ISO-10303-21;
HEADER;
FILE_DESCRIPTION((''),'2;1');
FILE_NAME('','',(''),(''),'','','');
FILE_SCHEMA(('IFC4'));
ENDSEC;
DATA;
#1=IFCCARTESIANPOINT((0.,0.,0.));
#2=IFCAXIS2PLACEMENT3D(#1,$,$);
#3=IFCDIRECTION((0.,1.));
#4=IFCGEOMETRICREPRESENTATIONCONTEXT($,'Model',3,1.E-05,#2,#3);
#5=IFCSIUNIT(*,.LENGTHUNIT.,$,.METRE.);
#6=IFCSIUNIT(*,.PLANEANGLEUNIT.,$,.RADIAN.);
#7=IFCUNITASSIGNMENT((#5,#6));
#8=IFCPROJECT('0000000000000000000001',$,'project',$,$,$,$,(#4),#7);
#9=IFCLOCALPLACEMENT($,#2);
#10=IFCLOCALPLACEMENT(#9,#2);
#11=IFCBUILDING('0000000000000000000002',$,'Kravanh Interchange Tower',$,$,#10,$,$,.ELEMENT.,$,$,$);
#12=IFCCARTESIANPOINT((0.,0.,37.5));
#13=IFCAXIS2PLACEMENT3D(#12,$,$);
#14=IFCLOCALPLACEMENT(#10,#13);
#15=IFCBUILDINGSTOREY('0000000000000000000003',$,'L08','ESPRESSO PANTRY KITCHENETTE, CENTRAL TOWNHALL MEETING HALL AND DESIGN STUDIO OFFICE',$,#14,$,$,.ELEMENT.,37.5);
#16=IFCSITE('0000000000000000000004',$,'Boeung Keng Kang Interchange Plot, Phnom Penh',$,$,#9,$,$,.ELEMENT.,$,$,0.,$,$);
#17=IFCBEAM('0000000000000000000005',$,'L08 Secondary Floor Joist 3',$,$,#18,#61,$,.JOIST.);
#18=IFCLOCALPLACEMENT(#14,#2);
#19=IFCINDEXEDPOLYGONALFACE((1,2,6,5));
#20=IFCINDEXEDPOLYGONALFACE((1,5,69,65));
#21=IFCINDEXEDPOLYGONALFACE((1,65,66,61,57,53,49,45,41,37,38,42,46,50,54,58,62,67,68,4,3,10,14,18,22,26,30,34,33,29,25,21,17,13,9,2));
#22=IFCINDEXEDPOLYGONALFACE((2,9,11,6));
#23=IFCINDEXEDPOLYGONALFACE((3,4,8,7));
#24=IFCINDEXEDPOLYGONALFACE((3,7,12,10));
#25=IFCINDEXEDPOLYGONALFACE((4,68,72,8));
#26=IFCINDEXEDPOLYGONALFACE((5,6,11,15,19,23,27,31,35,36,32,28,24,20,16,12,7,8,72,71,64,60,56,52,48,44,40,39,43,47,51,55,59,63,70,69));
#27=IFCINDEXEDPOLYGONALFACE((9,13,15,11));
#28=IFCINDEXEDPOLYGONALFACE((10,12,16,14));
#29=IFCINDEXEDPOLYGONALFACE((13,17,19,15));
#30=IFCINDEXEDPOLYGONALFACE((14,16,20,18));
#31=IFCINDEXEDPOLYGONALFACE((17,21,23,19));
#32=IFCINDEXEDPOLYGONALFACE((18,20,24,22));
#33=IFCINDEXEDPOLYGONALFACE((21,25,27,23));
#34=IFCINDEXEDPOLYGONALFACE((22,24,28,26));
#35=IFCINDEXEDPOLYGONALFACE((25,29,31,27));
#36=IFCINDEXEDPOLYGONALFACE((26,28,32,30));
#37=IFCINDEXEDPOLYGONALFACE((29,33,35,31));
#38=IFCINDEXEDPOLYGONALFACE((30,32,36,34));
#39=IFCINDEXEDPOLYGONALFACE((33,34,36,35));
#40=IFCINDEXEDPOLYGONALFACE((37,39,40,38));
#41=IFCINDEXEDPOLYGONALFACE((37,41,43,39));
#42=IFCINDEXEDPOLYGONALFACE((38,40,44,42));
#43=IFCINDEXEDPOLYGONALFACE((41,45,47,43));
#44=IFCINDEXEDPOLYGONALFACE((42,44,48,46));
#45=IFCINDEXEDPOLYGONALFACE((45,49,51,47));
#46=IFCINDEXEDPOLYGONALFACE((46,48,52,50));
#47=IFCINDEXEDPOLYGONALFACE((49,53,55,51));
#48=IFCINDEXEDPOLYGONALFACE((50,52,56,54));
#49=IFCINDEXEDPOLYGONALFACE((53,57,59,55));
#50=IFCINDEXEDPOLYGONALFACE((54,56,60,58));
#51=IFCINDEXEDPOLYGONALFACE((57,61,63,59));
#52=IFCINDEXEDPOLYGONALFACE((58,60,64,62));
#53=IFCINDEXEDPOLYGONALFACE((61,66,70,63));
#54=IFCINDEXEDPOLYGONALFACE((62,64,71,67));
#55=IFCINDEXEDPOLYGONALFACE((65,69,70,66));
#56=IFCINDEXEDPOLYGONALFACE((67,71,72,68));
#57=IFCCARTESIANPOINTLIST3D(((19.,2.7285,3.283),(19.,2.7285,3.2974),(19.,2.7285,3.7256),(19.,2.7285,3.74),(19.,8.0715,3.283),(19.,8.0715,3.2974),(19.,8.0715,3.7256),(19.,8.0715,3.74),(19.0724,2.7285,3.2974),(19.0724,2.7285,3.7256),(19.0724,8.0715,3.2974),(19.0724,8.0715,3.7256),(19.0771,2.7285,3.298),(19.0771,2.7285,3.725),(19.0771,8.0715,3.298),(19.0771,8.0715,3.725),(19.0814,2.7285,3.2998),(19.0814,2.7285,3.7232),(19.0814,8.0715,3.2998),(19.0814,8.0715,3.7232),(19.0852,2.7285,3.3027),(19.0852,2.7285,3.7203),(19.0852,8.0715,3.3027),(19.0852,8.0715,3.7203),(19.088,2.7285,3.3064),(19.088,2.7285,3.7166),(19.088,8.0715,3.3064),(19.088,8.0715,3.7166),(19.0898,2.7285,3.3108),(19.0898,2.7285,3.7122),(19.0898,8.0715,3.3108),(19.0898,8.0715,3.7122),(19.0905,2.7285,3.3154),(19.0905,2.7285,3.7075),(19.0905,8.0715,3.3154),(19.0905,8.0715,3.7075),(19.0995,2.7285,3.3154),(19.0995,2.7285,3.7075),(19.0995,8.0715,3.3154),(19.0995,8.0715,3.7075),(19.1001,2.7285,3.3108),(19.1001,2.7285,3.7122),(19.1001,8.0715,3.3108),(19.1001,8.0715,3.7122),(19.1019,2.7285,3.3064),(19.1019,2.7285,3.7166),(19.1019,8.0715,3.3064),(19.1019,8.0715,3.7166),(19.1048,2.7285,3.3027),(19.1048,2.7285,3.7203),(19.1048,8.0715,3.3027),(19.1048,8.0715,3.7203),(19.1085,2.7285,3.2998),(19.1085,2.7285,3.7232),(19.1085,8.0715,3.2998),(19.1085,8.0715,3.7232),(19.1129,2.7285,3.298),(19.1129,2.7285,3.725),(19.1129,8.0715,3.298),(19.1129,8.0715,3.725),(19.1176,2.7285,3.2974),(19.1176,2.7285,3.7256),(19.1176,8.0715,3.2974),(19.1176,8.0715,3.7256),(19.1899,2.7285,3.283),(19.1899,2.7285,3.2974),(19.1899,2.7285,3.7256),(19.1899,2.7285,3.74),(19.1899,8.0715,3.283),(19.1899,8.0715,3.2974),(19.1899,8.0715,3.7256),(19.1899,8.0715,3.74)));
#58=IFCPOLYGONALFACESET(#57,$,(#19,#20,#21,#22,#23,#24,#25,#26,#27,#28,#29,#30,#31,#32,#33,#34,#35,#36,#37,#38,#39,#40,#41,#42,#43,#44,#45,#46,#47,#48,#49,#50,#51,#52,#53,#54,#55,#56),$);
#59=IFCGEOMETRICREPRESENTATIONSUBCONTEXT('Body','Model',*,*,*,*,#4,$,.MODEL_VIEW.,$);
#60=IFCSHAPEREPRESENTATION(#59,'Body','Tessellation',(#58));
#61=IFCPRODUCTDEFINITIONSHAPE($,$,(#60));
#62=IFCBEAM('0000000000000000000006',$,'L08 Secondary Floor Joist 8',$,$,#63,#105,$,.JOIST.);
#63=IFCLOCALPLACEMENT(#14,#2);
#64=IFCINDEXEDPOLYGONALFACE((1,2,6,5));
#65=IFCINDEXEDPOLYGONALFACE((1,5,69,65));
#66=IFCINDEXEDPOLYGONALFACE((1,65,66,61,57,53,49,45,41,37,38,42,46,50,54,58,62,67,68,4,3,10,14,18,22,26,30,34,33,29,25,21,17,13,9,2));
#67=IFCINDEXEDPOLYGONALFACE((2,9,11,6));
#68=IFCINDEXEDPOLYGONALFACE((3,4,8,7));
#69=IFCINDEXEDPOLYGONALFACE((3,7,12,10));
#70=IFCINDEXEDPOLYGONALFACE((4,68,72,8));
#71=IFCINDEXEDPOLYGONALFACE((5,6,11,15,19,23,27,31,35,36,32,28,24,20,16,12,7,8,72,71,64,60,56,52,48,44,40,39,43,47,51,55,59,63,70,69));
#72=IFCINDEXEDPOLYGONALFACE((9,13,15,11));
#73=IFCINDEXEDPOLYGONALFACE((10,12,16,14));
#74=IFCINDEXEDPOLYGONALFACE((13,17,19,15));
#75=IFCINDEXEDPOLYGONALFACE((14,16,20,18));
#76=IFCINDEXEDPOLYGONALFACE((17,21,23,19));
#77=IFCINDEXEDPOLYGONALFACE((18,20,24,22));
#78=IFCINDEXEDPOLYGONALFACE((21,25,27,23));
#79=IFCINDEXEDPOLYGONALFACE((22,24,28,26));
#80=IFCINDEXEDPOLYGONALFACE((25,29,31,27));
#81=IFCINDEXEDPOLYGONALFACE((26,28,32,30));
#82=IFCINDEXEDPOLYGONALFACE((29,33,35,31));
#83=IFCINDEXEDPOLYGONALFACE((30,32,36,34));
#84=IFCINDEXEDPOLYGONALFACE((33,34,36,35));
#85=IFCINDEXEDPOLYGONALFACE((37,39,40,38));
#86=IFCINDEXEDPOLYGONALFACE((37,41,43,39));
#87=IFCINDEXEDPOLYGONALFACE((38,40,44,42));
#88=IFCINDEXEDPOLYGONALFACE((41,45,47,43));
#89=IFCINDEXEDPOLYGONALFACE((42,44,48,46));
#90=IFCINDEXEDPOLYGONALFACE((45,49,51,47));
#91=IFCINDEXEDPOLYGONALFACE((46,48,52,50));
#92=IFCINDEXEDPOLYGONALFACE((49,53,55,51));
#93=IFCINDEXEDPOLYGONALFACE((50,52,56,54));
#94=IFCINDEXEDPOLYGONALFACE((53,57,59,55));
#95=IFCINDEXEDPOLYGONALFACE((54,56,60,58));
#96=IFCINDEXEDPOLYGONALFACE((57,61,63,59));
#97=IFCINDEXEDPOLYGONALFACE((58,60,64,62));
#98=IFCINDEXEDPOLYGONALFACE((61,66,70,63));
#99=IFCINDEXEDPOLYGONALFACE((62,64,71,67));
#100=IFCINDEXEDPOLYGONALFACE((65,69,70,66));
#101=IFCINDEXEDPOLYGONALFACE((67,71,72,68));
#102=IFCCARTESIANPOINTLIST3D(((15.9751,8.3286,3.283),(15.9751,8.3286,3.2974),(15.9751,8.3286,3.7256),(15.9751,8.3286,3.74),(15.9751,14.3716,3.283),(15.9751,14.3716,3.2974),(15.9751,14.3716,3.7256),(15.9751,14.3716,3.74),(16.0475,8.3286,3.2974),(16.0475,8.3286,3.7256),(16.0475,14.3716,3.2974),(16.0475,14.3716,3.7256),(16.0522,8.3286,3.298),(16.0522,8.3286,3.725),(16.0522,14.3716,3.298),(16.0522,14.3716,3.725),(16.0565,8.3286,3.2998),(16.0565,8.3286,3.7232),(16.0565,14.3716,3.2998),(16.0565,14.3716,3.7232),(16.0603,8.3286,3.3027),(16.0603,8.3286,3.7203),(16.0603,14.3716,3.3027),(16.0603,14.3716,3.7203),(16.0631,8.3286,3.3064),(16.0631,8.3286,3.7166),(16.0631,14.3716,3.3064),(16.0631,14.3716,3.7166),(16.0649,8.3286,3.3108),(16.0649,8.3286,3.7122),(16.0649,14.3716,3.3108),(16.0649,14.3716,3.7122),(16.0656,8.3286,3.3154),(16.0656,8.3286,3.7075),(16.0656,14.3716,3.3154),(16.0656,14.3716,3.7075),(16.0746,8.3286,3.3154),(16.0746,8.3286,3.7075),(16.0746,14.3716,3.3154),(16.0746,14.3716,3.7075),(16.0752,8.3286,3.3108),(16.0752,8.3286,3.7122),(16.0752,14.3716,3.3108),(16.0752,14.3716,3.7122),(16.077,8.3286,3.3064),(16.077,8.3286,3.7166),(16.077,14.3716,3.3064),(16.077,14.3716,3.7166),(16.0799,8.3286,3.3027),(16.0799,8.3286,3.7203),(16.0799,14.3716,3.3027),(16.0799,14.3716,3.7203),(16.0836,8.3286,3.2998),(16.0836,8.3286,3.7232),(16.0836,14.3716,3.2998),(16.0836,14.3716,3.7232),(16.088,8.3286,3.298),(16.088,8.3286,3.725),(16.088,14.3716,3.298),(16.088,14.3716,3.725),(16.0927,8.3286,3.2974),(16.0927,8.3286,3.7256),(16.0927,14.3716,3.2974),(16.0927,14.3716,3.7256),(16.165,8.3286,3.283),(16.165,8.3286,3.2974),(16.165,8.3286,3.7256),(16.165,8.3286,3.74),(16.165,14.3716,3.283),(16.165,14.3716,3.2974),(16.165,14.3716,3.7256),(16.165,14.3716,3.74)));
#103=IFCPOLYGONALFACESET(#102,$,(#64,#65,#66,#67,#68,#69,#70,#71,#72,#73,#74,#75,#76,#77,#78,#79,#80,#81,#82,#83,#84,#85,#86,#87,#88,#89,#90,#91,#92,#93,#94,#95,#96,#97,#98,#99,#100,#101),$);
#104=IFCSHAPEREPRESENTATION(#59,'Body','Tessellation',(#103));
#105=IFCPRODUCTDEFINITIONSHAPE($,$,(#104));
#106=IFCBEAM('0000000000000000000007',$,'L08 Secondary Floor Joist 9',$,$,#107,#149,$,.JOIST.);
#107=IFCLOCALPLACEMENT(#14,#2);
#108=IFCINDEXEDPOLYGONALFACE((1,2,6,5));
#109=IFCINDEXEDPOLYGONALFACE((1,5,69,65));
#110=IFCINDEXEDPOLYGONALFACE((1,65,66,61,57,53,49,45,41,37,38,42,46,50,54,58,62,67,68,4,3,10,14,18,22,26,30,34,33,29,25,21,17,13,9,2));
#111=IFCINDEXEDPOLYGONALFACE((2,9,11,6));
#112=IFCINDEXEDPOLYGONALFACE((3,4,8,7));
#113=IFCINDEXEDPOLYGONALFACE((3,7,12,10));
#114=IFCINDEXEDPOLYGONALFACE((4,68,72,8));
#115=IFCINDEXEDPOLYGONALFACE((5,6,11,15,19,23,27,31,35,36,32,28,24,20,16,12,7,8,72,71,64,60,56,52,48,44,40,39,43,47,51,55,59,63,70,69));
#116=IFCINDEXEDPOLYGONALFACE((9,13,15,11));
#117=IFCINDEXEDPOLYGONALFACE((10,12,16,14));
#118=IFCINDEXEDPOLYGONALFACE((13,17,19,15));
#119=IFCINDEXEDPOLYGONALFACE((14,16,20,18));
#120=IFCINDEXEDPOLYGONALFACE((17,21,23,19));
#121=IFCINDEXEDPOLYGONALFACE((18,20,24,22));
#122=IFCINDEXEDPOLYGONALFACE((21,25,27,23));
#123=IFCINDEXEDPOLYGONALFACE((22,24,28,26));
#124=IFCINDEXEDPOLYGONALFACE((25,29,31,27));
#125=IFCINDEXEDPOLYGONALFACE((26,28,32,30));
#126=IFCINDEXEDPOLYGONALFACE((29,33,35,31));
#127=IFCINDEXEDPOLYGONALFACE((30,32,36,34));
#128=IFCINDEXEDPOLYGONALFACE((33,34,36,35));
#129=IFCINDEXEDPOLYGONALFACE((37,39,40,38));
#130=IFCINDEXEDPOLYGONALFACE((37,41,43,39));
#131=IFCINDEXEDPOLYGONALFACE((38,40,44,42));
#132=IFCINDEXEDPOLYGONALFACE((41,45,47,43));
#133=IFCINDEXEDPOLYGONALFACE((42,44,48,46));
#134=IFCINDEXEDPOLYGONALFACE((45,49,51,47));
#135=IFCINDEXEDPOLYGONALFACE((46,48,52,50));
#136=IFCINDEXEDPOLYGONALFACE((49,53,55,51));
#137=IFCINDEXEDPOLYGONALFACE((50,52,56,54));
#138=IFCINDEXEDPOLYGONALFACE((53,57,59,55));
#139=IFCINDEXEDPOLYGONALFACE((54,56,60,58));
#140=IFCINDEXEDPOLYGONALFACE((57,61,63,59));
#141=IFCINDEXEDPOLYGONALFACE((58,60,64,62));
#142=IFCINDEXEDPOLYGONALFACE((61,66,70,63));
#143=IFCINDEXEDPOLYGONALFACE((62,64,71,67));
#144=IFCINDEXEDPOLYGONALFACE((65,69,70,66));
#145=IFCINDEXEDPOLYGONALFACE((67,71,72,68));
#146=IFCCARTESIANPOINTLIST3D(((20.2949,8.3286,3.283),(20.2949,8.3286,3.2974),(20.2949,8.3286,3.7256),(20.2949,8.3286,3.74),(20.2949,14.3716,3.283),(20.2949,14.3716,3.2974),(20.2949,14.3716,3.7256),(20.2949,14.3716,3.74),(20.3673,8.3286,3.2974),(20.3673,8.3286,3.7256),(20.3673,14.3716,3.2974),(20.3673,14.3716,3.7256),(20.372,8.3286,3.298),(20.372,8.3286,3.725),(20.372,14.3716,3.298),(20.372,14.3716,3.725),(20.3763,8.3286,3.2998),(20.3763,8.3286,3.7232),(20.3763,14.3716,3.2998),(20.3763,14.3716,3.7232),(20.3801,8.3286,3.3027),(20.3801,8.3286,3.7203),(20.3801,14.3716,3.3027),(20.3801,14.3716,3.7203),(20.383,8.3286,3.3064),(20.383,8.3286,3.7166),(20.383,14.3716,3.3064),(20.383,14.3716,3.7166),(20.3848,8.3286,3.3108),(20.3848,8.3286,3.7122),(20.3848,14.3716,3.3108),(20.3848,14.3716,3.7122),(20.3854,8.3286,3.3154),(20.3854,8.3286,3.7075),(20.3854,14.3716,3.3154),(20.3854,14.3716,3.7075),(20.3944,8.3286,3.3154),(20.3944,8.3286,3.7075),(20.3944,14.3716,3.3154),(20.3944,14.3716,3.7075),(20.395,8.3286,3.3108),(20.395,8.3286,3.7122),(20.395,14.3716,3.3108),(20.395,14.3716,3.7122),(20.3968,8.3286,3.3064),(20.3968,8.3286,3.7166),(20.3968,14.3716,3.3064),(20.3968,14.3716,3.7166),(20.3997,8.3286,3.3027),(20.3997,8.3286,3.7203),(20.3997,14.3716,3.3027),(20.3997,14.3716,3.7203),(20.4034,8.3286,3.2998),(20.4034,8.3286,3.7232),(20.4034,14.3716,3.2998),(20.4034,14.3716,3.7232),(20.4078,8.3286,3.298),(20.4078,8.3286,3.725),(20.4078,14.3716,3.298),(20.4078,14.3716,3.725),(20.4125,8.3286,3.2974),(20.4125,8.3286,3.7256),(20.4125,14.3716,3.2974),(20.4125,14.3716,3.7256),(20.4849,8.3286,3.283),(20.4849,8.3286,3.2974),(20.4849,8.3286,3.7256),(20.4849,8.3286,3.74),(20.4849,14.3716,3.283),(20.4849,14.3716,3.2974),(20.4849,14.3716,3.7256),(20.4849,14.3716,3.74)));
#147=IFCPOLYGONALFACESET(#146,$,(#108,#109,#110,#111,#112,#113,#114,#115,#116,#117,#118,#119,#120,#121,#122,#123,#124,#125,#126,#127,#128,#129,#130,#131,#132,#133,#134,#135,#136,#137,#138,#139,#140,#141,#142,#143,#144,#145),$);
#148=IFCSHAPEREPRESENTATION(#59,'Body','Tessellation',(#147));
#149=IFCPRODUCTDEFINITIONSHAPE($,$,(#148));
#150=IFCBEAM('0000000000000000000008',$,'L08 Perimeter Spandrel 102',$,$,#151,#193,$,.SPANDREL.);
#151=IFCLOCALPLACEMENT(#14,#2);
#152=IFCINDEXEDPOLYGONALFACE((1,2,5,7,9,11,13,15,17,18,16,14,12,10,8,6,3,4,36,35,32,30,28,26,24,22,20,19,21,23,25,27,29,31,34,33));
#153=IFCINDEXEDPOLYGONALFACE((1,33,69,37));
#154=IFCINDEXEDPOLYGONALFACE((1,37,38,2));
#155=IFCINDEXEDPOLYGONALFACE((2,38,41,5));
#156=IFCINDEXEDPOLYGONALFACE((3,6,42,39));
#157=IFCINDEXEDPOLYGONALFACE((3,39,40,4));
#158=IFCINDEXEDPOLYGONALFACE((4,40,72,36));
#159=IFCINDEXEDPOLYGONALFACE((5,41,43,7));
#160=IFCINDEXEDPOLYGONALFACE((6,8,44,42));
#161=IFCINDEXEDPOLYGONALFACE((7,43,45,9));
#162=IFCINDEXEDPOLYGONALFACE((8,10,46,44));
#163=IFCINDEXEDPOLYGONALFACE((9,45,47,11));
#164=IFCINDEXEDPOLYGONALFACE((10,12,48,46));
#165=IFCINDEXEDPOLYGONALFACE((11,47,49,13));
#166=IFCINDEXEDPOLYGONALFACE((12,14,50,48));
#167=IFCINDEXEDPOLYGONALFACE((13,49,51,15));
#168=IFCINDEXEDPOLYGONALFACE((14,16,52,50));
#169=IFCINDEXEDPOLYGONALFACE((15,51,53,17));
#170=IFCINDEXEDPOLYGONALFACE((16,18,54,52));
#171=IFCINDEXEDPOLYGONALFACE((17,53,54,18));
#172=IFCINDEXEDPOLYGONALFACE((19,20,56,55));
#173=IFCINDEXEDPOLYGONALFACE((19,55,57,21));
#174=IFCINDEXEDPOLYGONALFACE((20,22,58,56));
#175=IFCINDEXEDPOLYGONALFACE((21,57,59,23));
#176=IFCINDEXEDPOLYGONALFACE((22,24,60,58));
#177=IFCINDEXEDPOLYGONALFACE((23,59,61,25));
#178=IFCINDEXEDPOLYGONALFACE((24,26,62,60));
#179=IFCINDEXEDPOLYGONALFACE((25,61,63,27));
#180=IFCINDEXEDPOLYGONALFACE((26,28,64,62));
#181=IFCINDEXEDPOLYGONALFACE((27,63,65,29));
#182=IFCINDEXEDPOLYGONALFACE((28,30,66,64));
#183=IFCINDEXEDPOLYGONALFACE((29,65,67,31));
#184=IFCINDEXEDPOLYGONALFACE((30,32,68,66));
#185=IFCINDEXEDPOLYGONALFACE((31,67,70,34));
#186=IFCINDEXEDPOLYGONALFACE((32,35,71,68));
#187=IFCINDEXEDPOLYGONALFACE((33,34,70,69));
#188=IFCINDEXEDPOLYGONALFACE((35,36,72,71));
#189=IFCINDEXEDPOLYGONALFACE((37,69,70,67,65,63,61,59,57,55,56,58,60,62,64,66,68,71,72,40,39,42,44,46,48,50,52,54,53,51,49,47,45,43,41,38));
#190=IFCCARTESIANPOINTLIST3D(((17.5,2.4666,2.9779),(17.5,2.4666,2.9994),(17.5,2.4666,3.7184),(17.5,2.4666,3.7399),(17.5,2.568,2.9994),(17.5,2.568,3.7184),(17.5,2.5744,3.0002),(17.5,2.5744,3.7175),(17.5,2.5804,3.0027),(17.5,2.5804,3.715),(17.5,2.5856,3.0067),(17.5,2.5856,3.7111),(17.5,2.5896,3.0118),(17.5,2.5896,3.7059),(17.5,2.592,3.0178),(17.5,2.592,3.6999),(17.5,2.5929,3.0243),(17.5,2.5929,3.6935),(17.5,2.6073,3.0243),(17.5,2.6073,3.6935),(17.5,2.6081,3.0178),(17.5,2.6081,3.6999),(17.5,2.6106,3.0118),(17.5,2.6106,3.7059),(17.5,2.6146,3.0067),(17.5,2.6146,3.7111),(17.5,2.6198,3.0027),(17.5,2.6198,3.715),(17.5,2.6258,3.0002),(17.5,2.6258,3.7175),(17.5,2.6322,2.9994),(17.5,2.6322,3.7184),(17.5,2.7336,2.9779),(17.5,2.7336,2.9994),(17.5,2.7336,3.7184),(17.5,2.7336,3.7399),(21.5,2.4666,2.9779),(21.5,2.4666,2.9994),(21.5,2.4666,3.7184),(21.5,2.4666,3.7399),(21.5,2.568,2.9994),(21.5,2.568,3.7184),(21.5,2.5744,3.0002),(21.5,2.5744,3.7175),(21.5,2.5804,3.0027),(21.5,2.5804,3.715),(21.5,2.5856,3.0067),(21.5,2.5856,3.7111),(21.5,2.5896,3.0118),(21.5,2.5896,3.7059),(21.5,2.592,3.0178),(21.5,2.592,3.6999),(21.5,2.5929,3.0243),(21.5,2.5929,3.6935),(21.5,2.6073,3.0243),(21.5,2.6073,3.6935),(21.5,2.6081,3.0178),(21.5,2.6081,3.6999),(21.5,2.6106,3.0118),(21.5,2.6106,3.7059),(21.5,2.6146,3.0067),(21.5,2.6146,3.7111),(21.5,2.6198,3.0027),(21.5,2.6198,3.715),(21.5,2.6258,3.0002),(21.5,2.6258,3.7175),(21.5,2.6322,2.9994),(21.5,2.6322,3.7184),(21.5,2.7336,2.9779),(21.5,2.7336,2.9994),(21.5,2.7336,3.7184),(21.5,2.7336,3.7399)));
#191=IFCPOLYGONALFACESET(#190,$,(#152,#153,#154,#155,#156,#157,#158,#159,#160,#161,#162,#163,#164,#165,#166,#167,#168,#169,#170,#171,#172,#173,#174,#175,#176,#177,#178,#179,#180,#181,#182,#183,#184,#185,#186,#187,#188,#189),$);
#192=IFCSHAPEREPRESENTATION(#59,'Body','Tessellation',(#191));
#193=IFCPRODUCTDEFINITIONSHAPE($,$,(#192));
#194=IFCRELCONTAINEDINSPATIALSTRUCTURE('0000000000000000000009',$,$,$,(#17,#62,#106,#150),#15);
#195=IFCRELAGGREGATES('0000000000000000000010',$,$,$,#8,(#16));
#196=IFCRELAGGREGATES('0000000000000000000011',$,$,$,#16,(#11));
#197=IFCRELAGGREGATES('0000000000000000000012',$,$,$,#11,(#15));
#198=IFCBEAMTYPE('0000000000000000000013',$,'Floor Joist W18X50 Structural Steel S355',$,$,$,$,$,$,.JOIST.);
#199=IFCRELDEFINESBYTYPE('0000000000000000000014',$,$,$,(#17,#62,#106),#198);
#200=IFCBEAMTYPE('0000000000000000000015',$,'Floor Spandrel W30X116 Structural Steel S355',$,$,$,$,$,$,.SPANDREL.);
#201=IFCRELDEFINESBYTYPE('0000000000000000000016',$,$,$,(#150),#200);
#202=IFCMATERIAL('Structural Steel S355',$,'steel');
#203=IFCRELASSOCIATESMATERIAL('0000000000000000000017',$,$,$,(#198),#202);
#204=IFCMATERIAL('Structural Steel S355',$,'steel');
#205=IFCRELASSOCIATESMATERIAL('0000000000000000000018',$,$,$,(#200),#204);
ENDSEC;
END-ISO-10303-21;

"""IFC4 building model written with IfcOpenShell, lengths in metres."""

from ifc_helpers import new_model, si_unit, direction, frame, origin, origin_2d, place, context, subcontext, project, spatial, i_section, extrude, material, material_profile, profile_set, type_object, element, save


model = new_model("IFC4")

# Units and contexts
model_context = context("Model", 3, precision=1e-05, world=origin(), true_north=direction((0.0, 1.0)))
body_context = subcontext(model_context, "Body", "Model", "MODEL_VIEW")
ifc_project = project(units=[si_unit("LENGTHUNIT", "METRE"), si_unit("PLANEANGLEUNIT", "RADIAN")], contexts=[model_context])

# Site, building, storey
site_placement = place(None, origin())
site = spatial("IfcSite", under=ifc_project, at=site_placement, Name="Boeung Keng Kang Interchange Plot, Phnom Penh", CompositionType="ELEMENT", RefElevation=0.0)
building_placement = place(site_placement, origin())
building = spatial("IfcBuilding", under=site, at=building_placement, Name="Kravanh Interchange Tower", CompositionType="ELEMENT")
storey_placement = place(building_placement, frame((0.0, 0.0, 37.5)))
storey = spatial("IfcBuildingStorey", under=building, at=storey_placement, Name="L08", Description="ESPRESSO PANTRY KITCHENETTE, CENTRAL TOWNHALL MEETING HALL AND DESIGN STUDIO OFFICE", CompositionType="ELEMENT", Elevation=37.5)

# Beams
ifc_material_1 = material(Name="Structural Steel S355", Category="steel")
ifc_material_profile_1 = material_profile(ifc_material_1, i_section(OverallWidth=0.1899, OverallDepth=0.457, WebThickness=0.009, FlangeThickness=0.0144, FilletRadius=0.0181, at=origin_2d()), Name="W18X50")
ifc_profile_set_1 = profile_set([ifc_material_profile_1], Name="Structural Steel S355")
beam_type_1 = type_object("IfcBeamType", Name="Floor Joist W18X50 Structural Steel S355", PredefinedType="JOIST", material=ifc_profile_set_1)
for number, where, z_axis, x_axis, name in (
    (1, (19.095, 2.7285, 3.5115), (0.0, 1.0, 0.0), (-1.0, 0.0, 0.0), "L08 Secondary Floor Joist 3"),
):
    element("IfcBeam", number, at=place(storey_placement, frame(where, z_axis=z_axis, x_axis=x_axis)), inside=storey, type_object=beam_type_1, Name=name, PredefinedType="JOIST", context=body_context, shape_type="SweptSolid", body=[
        extrude(i_section(OverallWidth=0.1899, OverallDepth=0.457, WebThickness=0.009, FlangeThickness=0.0144, FilletRadius=0.0181, at=origin_2d()), origin(), (0.0, 0.0, 1.0), 5.343),
    ])
for number, where, z_axis, x_axis, name in (
    (2, (16.0701, 8.3286, 3.5115), (0.0, 1.0, 0.0), (-1.0, 0.0, 0.0), "L08 Secondary Floor Joist 8"),
    (3, (20.3899, 8.3286, 3.5115), (0.0, 1.0, 0.0), (-1.0, 0.0, 0.0), "L08 Secondary Floor Joist 9"),
):
    element("IfcBeam", number, at=place(storey_placement, frame(where, z_axis=z_axis, x_axis=x_axis)), inside=storey, type_object=beam_type_1, Name=name, PredefinedType="JOIST", context=body_context, shape_type="SweptSolid", body=[
        extrude(i_section(OverallWidth=0.1899, OverallDepth=0.457, WebThickness=0.009, FlangeThickness=0.0144, FilletRadius=0.0181, at=origin_2d()), origin(), (0.0, 0.0, 1.0), 6.043),
    ])
ifc_material_2 = material(Name="Structural Steel S355", Category="steel")
ifc_material_profile_2 = material_profile(ifc_material_2, i_section(OverallWidth=0.2671, OverallDepth=0.762, WebThickness=0.0144, FlangeThickness=0.0215, FilletRadius=0.0249, at=origin_2d()), Name="W30X116")
ifc_profile_set_2 = profile_set([ifc_material_profile_2], Name="Structural Steel S355")
beam_type_2 = type_object("IfcBeamType", Name="Floor Spandrel W30X116 Structural Steel S355", PredefinedType="SPANDREL", material=ifc_profile_set_2)
beam_1_placement = place(storey_placement, frame((17.5, 2.6001, 3.3589), z_axis=(1.0, 0.0, 0.0), x_axis=(0.0, 1.0, 0.0)))
element("IfcBeam", 4, at=beam_1_placement, inside=storey, type_object=beam_type_2, Name="L08 Perimeter Spandrel 102", PredefinedType="SPANDREL", context=body_context, shape_type="SweptSolid", body=[
    extrude(i_section(OverallWidth=0.2671, OverallDepth=0.762, WebThickness=0.0144, FlangeThickness=0.0215, FilletRadius=0.0249, at=origin_2d()), origin(), (0.0, 0.0, 1.0), 4.0),
])

save(model, "model.ifc")
